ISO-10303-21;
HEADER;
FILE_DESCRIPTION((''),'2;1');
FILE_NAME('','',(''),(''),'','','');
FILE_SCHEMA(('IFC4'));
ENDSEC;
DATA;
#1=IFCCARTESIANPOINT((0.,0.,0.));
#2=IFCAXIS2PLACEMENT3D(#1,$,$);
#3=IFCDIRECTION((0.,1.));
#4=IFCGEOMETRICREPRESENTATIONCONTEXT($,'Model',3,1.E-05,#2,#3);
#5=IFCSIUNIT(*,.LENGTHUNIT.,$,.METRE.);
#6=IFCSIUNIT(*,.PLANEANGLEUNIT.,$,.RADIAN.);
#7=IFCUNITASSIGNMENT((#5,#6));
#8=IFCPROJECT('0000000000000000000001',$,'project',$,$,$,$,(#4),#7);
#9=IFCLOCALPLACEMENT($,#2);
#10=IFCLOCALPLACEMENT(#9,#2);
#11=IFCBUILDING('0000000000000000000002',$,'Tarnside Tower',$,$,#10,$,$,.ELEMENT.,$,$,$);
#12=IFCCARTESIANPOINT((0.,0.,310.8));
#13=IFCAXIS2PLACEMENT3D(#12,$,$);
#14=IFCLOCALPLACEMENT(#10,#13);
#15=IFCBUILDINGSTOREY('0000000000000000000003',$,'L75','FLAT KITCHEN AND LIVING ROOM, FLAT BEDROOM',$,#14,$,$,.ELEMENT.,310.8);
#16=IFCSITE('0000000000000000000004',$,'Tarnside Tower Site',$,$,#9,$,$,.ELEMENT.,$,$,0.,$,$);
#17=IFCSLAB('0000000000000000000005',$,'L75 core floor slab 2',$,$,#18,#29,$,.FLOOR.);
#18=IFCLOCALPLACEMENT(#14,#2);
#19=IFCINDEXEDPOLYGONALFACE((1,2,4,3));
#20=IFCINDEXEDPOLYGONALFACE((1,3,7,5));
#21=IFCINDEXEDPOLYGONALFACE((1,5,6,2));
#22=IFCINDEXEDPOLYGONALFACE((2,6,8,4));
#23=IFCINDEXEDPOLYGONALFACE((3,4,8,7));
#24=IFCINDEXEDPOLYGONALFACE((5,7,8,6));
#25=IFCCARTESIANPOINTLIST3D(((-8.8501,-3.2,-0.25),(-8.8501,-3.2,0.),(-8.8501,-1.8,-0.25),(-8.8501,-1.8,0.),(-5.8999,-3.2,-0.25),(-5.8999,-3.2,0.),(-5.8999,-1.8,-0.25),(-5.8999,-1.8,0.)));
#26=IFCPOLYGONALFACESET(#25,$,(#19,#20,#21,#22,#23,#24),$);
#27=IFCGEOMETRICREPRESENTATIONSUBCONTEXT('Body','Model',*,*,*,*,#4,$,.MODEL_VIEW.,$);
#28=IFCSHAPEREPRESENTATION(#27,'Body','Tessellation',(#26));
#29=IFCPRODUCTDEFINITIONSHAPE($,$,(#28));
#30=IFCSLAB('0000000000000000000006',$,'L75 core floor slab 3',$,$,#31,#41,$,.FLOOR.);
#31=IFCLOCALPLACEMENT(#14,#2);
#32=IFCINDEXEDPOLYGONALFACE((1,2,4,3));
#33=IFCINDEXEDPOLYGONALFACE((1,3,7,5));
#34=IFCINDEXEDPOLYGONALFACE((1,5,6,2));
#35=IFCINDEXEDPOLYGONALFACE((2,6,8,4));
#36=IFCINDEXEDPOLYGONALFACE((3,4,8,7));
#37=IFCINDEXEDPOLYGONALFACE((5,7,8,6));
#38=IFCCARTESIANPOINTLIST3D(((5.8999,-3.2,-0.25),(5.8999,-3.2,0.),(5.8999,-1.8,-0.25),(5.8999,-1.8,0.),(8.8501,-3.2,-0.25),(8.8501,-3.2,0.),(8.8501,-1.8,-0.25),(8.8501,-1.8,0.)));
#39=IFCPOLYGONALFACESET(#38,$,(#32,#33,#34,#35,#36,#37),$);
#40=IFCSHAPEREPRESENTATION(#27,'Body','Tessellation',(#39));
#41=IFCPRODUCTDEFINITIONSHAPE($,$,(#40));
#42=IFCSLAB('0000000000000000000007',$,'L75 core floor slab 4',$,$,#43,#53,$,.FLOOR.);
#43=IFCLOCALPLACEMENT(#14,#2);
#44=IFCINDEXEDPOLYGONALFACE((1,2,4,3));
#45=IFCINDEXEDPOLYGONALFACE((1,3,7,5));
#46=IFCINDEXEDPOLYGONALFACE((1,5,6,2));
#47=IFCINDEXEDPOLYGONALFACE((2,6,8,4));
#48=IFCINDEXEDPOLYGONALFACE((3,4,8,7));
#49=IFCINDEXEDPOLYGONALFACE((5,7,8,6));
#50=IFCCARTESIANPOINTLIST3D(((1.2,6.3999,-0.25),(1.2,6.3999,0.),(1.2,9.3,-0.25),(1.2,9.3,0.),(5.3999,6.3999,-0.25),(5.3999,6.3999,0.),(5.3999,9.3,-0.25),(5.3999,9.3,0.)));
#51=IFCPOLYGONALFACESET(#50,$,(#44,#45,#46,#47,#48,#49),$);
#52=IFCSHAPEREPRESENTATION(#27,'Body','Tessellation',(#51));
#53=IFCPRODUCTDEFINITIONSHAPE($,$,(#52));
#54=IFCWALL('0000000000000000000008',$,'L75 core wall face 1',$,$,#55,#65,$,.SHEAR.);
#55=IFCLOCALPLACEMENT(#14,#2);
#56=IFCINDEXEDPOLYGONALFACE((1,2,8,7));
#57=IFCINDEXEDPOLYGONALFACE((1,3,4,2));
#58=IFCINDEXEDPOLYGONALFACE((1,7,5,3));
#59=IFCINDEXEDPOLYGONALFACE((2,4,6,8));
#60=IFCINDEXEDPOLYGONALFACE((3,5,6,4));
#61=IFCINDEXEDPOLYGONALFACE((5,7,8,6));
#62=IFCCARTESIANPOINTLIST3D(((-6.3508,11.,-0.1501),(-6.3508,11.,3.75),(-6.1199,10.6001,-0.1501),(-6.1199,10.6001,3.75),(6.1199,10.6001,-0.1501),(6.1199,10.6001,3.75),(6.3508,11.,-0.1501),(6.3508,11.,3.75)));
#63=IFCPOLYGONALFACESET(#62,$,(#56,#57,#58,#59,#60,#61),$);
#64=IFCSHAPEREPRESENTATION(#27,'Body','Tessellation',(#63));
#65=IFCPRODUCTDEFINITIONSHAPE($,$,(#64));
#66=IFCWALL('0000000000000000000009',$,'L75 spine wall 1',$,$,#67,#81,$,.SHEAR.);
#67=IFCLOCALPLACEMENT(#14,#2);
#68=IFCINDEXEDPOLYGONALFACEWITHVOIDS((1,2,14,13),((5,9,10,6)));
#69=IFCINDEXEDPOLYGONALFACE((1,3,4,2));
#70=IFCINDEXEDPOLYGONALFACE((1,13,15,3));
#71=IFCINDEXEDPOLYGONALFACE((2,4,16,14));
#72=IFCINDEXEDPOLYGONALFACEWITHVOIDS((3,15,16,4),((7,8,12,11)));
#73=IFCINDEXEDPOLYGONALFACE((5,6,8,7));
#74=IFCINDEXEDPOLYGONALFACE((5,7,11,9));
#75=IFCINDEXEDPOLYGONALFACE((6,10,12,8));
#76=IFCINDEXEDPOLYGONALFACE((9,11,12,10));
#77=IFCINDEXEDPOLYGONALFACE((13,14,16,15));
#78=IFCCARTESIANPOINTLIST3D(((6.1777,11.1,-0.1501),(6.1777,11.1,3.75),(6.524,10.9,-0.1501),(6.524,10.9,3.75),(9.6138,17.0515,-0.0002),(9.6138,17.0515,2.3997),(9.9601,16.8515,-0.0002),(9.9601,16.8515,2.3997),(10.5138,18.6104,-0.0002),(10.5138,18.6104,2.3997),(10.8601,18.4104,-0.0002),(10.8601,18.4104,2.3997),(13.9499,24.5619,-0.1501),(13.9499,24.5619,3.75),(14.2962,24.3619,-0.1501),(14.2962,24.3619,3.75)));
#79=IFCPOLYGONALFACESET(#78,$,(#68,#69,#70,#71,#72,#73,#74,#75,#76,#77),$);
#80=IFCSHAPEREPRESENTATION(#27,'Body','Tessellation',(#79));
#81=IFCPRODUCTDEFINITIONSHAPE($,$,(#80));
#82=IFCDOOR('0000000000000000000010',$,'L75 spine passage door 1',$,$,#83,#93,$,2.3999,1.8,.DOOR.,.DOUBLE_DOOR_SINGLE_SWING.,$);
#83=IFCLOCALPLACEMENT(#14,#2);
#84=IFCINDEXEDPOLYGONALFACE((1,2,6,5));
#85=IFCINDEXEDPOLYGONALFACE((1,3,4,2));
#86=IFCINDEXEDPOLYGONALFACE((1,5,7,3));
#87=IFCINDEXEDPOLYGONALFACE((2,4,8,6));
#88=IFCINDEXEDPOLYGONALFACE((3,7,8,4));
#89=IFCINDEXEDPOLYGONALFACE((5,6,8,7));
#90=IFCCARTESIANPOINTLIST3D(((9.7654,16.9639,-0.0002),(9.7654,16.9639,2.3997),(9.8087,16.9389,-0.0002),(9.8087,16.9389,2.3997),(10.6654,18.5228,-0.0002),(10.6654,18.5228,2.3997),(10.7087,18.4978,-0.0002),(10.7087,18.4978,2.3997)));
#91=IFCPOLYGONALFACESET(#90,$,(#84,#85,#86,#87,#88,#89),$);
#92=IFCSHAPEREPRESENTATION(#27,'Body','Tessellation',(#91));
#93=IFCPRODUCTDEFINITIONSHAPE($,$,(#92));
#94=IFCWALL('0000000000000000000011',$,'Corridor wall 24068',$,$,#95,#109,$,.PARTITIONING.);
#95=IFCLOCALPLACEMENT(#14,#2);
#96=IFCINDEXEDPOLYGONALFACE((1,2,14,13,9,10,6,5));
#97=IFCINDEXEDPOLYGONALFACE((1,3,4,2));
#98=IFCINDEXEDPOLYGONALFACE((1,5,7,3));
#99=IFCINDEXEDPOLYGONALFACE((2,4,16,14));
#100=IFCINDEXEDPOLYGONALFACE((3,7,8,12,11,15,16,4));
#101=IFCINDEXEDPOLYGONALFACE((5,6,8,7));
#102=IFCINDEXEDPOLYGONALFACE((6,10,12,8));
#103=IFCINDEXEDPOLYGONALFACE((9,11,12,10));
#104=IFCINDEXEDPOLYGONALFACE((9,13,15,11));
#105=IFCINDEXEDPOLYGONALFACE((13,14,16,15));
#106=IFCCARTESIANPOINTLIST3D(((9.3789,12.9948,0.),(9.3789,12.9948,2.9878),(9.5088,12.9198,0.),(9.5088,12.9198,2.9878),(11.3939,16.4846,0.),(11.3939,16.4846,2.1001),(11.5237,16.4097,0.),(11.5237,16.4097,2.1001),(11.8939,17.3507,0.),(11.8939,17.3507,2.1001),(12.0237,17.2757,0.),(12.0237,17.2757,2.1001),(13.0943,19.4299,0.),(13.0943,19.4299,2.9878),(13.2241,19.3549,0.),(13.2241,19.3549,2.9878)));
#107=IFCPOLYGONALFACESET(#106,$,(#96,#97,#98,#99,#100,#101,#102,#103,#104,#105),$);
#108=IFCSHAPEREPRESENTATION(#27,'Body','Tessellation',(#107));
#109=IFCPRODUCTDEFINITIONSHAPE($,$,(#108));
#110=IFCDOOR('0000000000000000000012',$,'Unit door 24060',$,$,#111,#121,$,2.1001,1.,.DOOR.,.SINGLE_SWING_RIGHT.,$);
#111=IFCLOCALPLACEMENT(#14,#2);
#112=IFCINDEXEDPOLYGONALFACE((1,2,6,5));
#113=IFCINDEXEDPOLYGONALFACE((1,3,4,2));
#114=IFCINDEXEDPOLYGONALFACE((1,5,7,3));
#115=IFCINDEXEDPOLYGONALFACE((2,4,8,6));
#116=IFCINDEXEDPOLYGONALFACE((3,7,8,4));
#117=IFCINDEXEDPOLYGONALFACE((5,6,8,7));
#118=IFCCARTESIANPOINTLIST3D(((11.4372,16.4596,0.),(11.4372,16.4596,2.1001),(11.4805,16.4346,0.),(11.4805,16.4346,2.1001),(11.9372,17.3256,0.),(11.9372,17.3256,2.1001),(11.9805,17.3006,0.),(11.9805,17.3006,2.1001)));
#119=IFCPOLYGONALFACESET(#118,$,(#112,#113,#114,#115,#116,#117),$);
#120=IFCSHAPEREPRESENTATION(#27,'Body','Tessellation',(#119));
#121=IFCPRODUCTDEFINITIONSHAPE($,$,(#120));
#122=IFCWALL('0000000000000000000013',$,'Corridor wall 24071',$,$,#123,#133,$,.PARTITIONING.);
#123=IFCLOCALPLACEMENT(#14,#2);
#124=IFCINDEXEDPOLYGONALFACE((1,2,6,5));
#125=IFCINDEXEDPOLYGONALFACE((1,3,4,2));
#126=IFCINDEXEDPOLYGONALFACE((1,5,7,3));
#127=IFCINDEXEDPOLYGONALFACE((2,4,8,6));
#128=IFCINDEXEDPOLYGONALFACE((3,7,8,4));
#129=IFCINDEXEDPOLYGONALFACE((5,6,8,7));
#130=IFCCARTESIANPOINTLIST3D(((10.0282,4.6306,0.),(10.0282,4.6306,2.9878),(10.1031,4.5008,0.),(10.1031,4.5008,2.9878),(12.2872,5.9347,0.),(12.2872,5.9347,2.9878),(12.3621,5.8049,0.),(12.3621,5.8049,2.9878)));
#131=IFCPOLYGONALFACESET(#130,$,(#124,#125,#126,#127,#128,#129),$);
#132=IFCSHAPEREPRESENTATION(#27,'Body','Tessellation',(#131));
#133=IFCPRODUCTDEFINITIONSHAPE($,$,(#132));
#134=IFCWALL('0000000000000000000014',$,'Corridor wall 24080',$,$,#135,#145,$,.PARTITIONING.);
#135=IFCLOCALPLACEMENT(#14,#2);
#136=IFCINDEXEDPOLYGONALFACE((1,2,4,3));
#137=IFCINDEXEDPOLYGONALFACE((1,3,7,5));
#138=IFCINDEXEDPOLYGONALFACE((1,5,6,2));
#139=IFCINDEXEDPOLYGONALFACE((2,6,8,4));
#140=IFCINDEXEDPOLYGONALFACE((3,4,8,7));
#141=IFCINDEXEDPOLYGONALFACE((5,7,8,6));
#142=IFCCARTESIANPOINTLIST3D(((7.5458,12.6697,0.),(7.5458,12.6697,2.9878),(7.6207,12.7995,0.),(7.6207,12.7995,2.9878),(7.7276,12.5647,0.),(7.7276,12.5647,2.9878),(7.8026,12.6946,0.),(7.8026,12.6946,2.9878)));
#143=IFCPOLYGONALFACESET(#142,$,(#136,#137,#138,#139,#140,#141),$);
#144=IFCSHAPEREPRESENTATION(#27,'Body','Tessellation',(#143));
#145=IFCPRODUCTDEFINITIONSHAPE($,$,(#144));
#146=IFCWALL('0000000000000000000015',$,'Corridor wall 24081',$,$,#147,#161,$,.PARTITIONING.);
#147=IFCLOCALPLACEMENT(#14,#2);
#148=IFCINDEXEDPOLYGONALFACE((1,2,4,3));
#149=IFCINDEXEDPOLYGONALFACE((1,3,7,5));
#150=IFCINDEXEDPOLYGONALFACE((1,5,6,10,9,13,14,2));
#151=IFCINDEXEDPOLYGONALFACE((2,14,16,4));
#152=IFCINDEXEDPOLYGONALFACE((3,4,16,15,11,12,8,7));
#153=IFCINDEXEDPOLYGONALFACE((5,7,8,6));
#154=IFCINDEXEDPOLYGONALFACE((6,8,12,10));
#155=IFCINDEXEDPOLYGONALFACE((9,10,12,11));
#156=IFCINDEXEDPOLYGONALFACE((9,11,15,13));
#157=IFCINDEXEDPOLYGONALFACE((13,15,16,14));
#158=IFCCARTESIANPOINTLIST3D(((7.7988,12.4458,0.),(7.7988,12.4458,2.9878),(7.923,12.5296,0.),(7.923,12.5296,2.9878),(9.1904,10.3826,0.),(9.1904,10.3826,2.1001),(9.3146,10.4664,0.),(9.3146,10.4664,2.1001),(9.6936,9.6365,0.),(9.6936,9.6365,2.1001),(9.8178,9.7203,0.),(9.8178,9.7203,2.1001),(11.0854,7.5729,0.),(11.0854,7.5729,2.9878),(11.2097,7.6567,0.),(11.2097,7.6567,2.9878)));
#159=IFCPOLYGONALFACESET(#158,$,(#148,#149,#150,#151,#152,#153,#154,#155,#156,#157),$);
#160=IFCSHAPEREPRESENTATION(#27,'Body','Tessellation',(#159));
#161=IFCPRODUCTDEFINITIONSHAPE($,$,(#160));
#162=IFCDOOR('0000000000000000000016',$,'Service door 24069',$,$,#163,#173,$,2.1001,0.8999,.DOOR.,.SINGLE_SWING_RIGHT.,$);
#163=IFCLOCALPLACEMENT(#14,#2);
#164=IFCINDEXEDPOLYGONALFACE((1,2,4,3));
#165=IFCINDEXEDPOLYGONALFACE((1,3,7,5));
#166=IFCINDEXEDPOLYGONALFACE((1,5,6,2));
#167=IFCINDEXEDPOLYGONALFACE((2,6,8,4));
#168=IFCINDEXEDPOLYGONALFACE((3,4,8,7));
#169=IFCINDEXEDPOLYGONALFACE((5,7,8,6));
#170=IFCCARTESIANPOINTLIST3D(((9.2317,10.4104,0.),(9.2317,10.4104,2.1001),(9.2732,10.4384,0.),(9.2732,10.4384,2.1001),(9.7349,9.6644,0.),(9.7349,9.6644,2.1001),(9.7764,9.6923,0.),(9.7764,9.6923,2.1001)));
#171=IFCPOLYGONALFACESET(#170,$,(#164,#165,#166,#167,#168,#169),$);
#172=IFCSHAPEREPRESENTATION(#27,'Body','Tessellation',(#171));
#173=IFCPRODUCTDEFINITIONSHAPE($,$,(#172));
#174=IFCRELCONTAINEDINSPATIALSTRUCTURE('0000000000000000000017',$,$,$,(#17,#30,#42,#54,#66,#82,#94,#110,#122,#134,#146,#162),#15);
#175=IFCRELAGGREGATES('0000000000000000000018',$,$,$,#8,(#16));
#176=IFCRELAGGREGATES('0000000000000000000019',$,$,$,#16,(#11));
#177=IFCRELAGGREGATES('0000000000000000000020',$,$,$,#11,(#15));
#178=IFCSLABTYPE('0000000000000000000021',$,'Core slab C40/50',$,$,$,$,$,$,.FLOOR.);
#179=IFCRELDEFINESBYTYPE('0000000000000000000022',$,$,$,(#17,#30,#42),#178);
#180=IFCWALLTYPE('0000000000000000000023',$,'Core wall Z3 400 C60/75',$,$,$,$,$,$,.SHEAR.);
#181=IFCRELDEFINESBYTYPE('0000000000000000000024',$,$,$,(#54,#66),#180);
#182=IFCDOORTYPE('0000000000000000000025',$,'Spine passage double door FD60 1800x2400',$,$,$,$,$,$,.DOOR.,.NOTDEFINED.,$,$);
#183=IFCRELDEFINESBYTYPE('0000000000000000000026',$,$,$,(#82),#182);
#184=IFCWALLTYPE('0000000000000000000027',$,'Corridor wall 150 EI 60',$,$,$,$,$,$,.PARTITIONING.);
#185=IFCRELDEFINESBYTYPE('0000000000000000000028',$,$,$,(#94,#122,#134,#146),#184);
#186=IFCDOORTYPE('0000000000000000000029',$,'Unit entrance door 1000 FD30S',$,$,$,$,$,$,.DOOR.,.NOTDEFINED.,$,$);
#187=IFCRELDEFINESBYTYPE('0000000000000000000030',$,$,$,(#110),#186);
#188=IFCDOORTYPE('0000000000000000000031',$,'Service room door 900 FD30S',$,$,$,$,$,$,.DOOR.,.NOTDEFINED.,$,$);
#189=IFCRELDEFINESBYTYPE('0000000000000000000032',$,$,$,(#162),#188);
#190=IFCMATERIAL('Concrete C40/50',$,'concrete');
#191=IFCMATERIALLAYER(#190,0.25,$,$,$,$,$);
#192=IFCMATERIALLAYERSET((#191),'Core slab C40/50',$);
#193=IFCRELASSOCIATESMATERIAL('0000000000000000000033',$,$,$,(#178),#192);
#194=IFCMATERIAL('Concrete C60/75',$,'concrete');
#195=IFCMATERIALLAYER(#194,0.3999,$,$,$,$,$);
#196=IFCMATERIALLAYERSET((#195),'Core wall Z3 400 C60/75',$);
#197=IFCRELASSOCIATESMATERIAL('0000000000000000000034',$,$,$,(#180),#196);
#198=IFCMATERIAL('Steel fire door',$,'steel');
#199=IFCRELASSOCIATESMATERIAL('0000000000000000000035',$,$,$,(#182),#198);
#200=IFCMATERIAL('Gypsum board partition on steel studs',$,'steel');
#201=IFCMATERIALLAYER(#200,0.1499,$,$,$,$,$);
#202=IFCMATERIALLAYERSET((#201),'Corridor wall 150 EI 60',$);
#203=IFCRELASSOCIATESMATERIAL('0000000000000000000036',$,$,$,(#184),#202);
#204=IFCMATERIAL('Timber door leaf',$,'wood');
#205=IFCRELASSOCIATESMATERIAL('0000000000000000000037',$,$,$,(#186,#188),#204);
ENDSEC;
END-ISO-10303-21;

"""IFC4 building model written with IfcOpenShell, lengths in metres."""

from ifc_helpers import new_model, si_unit, direction, frame, frame_2d, origin, place, context, subcontext, project, spatial, polyline, rectangle, outline, extrude, material, layer, layer_set, type_object, element, fill, save


model = new_model("IFC4")

# Units and contexts
model_context = context("Model", 3, precision=1e-05, world=origin(), true_north=direction((0.0, 1.0)))
body_context = subcontext(model_context, "Body", "Model", "MODEL_VIEW")
ifc_project = project(units=[si_unit("LENGTHUNIT", "METRE"), si_unit("PLANEANGLEUNIT", "RADIAN")], contexts=[model_context])

# Site, building, storey
site_placement = place(None, origin())
site = spatial("IfcSite", under=ifc_project, at=site_placement, Name="Tarnside Tower Site", CompositionType="ELEMENT", RefElevation=0.0)
building_placement = place(site_placement, origin())
building = spatial("IfcBuilding", under=site, at=building_placement, Name="Tarnside Tower", CompositionType="ELEMENT")
storey_placement = place(building_placement, frame((0.0, 0.0, 310.8)))
storey = spatial("IfcBuildingStorey", under=building, at=storey_placement, Name="L75", Description="FLAT KITCHEN AND LIVING ROOM, FLAT BEDROOM", CompositionType="ELEMENT", Elevation=310.8)

# Slabs
ifc_material_1 = material(Name="Concrete C40/50", Category="concrete")
ifc_layer_1 = layer(ifc_material_1, 0.25)
ifc_layer_set_1 = layer_set([ifc_layer_1], Name="Core slab C40/50")
slab_type = type_object("IfcSlabType", Name="Core slab C40/50", PredefinedType="FLOOR", material=ifc_layer_set_1)
slab_1_placement = place(storey_placement, frame((0.0, 0.0, -0.25)))
element("IfcSlab", 1, at=slab_1_placement, inside=storey, type_object=slab_type, Name="L75 core floor slab 2", PredefinedType="FLOOR", context=body_context, shape_type="SweptSolid", body=[
    extrude(outline(polyline([(-8.8501, -3.2), (-8.8501, -1.8), (-5.8999, -1.8), (-5.8999, -3.2), (-8.8501, -3.2)])), origin(), (0.0, 0.0, 1.0), 0.25),
])
slab_2_placement = place(storey_placement, frame((0.0, 0.0, -0.25)))
element("IfcSlab", 2, at=slab_2_placement, inside=storey, type_object=slab_type, Name="L75 core floor slab 3", PredefinedType="FLOOR", context=body_context, shape_type="SweptSolid", body=[
    extrude(outline(polyline([(5.8999, -1.8), (8.8501, -1.8), (8.8501, -3.2), (5.8999, -3.2), (5.8999, -1.8)])), origin(), (0.0, 0.0, 1.0), 0.25),
])
slab_3_placement = place(storey_placement, frame((0.0, 0.0, -0.25)))
element("IfcSlab", 3, at=slab_3_placement, inside=storey, type_object=slab_type, Name="L75 core floor slab 4", PredefinedType="FLOOR", context=body_context, shape_type="SweptSolid", body=[
    extrude(outline(polyline([(5.3999, 6.3999), (1.2, 6.3999), (1.2, 9.3), (5.3999, 9.3), (5.3999, 6.3999)])), origin(), (0.0, 0.0, 1.0), 0.25),
])

# Wall
ifc_material_2 = material(Name="Concrete C60/75", Category="concrete")
ifc_layer_2 = layer(ifc_material_2, 0.3999)
ifc_layer_set_2 = layer_set([ifc_layer_2], Name="Core wall Z3 400 C60/75")
wall_type_1 = type_object("IfcWallType", Name="Core wall Z3 400 C60/75", PredefinedType="SHEAR", material=ifc_layer_set_2)
wall_1_placement = place(storey_placement, frame((6.2354, 10.8, -0.1501), z_axis=(0.0, 0.0, 1.0), x_axis=(-1.0, 0.0, 0.0)))
element("IfcWall", 4, at=wall_1_placement, inside=storey, type_object=wall_type_1, Name="L75 core wall face 1", PredefinedType="SHEAR", context=body_context, shape_type="SweptSolid", body=[
    extrude(outline(polyline([(-0.1155, -0.2), (12.5862, -0.2), (12.3552, 0.2), (0.1155, 0.2), (-0.1155, -0.2)])), origin(), (0.0, 0.0, 1.0), 3.9001),
])

# Walls, openings, doors
wall_2_placement = place(storey_placement, frame((6.3508, 11.0, -0.1501), z_axis=(0.0, 0.0, 1.0), x_axis=(0.499999, 0.866026, 0.0)))
wall_2 = element("IfcWall", 5, at=wall_2_placement, inside=storey, type_object=wall_type_1, Name="L75 spine wall 1", PredefinedType="SHEAR", context=body_context, shape_type="SweptSolid", body=[
    extrude(rectangle(XDim=15.5444, YDim=0.3999, at=frame_2d((7.7722, 0.0))), origin(), (0.0, 0.0, 1.0), 3.9001),
])
opening_1_placement = place(wall_2_placement, frame((6.8723, 0.0, 0.1499)))
opening_1 = element("IfcOpeningElement", 6, at=opening_1_placement, cuts=wall_2, PredefinedType="OPENING", context=body_context, shape_type="SweptSolid", body=[
    extrude(rectangle(XDim=1.8, YDim=2.3999, at=frame_2d((0.8999, 1.2))), frame((0.0, 0.21, 0.0), z_axis=(0.0, -1.0, 0.0), x_axis=(1.0, 0.0, 0.0)), (0.0, 0.0, 1.0), 0.4199),
])
ifc_material_3 = material(Name="Steel fire door", Category="steel")
door_type_1 = type_object("IfcDoorType", Name="Spine passage double door FD60 1800x2400", OperationType="NOTDEFINED", PredefinedType="DOOR", material=ifc_material_3)
door_1_placement = place(opening_1_placement, origin())
door_1 = element("IfcDoor", 7, at=door_1_placement, inside=storey, type_object=door_type_1, Name="L75 spine passage door 1", OperationType="DOUBLE_DOOR_SINGLE_SWING", OverallHeight=2.3999, OverallWidth=1.8, PredefinedType="DOOR", context=body_context, shape_type="SweptSolid", body=[
    extrude(rectangle(XDim=1.8, YDim=2.3999, at=frame_2d((0.8999, 1.2))), frame((0.0, 0.0249, 0.0), z_axis=(0.0, -1.0, 0.0), x_axis=(1.0, 0.0, 0.0)), (0.0, 0.0, 1.0), 0.05),
])
fill(opening_1, door_1)
ifc_material_4 = material(Name="Gypsum board partition on steel studs", Category="steel")
ifc_layer_3 = layer(ifc_material_4, 0.1499)
ifc_layer_set_3 = layer_set([ifc_layer_3], Name="Corridor wall 150 EI 60")
wall_type_2 = type_object("IfcWallType", Name="Corridor wall 150 EI 60", PredefinedType="PARTITIONING", material=ifc_layer_set_3)
wall_3_placement = place(storey_placement, frame((9.4438, 12.9573, 0.0), z_axis=(0.0, 0.0, 1.0), x_axis=(0.500005, 0.866023, 0.0)))
wall_3 = element("IfcWall", 8, at=wall_3_placement, inside=storey, type_object=wall_type_2, Name="Corridor wall 24068", PredefinedType="PARTITIONING", context=body_context, shape_type="SweptSolid", body=[
    extrude(rectangle(XDim=7.4307, YDim=0.1499, at=frame_2d((3.7153, 0.0))), origin(), (0.0, 0.0, 1.0), 2.9878),
])
opening_2_placement = place(wall_3_placement, frame((4.0298, 0.0, 0.0)))
opening_2 = element("IfcOpeningElement", 9, at=opening_2_placement, cuts=wall_3, PredefinedType="OPENING", context=body_context, shape_type="SweptSolid", body=[
    extrude(rectangle(XDim=1.0, YDim=2.1001, at=frame_2d((0.5, 1.05))), frame((0.0, 0.085, 0.0), z_axis=(0.0, -1.0, 0.0), x_axis=(1.0, 0.0, 0.0)), (0.0, 0.0, 1.0), 0.1699),
])
ifc_material_5 = material(Name="Timber door leaf", Category="wood")
door_type_2 = type_object("IfcDoorType", Name="Unit entrance door 1000 FD30S", OperationType="NOTDEFINED", PredefinedType="DOOR", material=ifc_material_5)
door_2_placement = place(opening_2_placement, origin())
door_2 = element("IfcDoor", 10, at=door_2_placement, inside=storey, type_object=door_type_2, Name="Unit door 24060", OperationType="SINGLE_SWING_RIGHT", OverallHeight=2.1001, OverallWidth=1.0, PredefinedType="DOOR", context=body_context, shape_type="SweptSolid", body=[
    extrude(rectangle(XDim=1.0, YDim=2.1001, at=frame_2d((0.5, 1.05))), frame((0.0, 0.0249, 0.0), z_axis=(0.0, -1.0, 0.0), x_axis=(1.0, 0.0, 0.0)), (0.0, 0.0, 1.0), 0.05),
])
fill(opening_2, door_2)

# Walls
wall_4_placement = place(storey_placement, frame((10.0657, 4.5657, 0.0), z_axis=(0.0, 0.0, 1.0), x_axis=(0.866034, 0.499984, 0.0)))
element("IfcWall", 11, at=wall_4_placement, inside=storey, type_object=wall_type_2, Name="Corridor wall 24071", PredefinedType="PARTITIONING", context=body_context, shape_type="SweptSolid", body=[
    extrude(rectangle(XDim=2.6084, YDim=0.1499, at=frame_2d((1.3042, 0.0))), origin(), (0.0, 0.0, 1.0), 2.9878),
])
wall_5_placement = place(storey_placement, frame((7.5833, 12.7346, 0.0), z_axis=(0.0, 0.0, 1.0), x_axis=(0.866089, -0.49989, 0.0)))
element("IfcWall", 12, at=wall_5_placement, inside=storey, type_object=wall_type_2, Name="Corridor wall 24080", PredefinedType="PARTITIONING", context=body_context, shape_type="SweptSolid", body=[
    extrude(rectangle(XDim=0.21, YDim=0.1499, at=frame_2d((0.105, 0.0))), origin(), (0.0, 0.0, 1.0), 2.9878),
])

# Wall, opening, door
wall_6_placement = place(storey_placement, frame((7.8608, 12.4878, 0.0), z_axis=(0.0, 0.0, 1.0), x_axis=(0.559178, -0.829047, 0.0)))
wall_6 = element("IfcWall", 13, at=wall_6_placement, inside=storey, type_object=wall_type_2, Name="Corridor wall 24081", PredefinedType="PARTITIONING", context=body_context, shape_type="SweptSolid", body=[
    extrude(rectangle(XDim=5.8777, YDim=0.1499, at=frame_2d((2.939, 0.0))), origin(), (0.0, 0.0, 1.0), 2.9878),
])
opening_3_placement = place(wall_6_placement, frame((2.4888, 0.0, 0.0)))
opening_3 = element("IfcOpeningElement", 14, at=opening_3_placement, cuts=wall_6, PredefinedType="OPENING", context=body_context, shape_type="SweptSolid", body=[
    extrude(rectangle(XDim=0.8999, YDim=2.1001, at=frame_2d((0.45, 1.05))), frame((0.0, 0.085, 0.0), z_axis=(0.0, -1.0, 0.0), x_axis=(1.0, 0.0, 0.0)), (0.0, 0.0, 1.0), 0.1699),
])
door_type_3 = type_object("IfcDoorType", Name="Service room door 900 FD30S", OperationType="NOTDEFINED", PredefinedType="DOOR", material=ifc_material_5)
door_3_placement = place(opening_3_placement, origin())
door_3 = element("IfcDoor", 15, at=door_3_placement, inside=storey, type_object=door_type_3, Name="Service door 24069", OperationType="SINGLE_SWING_RIGHT", OverallHeight=2.1001, OverallWidth=0.8999, PredefinedType="DOOR", context=body_context, shape_type="SweptSolid", body=[
    extrude(rectangle(XDim=0.8999, YDim=2.1001, at=frame_2d((0.45, 1.05))), frame((0.0, 0.0249, 0.0), z_axis=(0.0, -1.0, 0.0), x_axis=(1.0, 0.0, 0.0)), (0.0, 0.0, 1.0), 0.05),
])
fill(opening_3, door_3)

save(model, "model.ifc")
